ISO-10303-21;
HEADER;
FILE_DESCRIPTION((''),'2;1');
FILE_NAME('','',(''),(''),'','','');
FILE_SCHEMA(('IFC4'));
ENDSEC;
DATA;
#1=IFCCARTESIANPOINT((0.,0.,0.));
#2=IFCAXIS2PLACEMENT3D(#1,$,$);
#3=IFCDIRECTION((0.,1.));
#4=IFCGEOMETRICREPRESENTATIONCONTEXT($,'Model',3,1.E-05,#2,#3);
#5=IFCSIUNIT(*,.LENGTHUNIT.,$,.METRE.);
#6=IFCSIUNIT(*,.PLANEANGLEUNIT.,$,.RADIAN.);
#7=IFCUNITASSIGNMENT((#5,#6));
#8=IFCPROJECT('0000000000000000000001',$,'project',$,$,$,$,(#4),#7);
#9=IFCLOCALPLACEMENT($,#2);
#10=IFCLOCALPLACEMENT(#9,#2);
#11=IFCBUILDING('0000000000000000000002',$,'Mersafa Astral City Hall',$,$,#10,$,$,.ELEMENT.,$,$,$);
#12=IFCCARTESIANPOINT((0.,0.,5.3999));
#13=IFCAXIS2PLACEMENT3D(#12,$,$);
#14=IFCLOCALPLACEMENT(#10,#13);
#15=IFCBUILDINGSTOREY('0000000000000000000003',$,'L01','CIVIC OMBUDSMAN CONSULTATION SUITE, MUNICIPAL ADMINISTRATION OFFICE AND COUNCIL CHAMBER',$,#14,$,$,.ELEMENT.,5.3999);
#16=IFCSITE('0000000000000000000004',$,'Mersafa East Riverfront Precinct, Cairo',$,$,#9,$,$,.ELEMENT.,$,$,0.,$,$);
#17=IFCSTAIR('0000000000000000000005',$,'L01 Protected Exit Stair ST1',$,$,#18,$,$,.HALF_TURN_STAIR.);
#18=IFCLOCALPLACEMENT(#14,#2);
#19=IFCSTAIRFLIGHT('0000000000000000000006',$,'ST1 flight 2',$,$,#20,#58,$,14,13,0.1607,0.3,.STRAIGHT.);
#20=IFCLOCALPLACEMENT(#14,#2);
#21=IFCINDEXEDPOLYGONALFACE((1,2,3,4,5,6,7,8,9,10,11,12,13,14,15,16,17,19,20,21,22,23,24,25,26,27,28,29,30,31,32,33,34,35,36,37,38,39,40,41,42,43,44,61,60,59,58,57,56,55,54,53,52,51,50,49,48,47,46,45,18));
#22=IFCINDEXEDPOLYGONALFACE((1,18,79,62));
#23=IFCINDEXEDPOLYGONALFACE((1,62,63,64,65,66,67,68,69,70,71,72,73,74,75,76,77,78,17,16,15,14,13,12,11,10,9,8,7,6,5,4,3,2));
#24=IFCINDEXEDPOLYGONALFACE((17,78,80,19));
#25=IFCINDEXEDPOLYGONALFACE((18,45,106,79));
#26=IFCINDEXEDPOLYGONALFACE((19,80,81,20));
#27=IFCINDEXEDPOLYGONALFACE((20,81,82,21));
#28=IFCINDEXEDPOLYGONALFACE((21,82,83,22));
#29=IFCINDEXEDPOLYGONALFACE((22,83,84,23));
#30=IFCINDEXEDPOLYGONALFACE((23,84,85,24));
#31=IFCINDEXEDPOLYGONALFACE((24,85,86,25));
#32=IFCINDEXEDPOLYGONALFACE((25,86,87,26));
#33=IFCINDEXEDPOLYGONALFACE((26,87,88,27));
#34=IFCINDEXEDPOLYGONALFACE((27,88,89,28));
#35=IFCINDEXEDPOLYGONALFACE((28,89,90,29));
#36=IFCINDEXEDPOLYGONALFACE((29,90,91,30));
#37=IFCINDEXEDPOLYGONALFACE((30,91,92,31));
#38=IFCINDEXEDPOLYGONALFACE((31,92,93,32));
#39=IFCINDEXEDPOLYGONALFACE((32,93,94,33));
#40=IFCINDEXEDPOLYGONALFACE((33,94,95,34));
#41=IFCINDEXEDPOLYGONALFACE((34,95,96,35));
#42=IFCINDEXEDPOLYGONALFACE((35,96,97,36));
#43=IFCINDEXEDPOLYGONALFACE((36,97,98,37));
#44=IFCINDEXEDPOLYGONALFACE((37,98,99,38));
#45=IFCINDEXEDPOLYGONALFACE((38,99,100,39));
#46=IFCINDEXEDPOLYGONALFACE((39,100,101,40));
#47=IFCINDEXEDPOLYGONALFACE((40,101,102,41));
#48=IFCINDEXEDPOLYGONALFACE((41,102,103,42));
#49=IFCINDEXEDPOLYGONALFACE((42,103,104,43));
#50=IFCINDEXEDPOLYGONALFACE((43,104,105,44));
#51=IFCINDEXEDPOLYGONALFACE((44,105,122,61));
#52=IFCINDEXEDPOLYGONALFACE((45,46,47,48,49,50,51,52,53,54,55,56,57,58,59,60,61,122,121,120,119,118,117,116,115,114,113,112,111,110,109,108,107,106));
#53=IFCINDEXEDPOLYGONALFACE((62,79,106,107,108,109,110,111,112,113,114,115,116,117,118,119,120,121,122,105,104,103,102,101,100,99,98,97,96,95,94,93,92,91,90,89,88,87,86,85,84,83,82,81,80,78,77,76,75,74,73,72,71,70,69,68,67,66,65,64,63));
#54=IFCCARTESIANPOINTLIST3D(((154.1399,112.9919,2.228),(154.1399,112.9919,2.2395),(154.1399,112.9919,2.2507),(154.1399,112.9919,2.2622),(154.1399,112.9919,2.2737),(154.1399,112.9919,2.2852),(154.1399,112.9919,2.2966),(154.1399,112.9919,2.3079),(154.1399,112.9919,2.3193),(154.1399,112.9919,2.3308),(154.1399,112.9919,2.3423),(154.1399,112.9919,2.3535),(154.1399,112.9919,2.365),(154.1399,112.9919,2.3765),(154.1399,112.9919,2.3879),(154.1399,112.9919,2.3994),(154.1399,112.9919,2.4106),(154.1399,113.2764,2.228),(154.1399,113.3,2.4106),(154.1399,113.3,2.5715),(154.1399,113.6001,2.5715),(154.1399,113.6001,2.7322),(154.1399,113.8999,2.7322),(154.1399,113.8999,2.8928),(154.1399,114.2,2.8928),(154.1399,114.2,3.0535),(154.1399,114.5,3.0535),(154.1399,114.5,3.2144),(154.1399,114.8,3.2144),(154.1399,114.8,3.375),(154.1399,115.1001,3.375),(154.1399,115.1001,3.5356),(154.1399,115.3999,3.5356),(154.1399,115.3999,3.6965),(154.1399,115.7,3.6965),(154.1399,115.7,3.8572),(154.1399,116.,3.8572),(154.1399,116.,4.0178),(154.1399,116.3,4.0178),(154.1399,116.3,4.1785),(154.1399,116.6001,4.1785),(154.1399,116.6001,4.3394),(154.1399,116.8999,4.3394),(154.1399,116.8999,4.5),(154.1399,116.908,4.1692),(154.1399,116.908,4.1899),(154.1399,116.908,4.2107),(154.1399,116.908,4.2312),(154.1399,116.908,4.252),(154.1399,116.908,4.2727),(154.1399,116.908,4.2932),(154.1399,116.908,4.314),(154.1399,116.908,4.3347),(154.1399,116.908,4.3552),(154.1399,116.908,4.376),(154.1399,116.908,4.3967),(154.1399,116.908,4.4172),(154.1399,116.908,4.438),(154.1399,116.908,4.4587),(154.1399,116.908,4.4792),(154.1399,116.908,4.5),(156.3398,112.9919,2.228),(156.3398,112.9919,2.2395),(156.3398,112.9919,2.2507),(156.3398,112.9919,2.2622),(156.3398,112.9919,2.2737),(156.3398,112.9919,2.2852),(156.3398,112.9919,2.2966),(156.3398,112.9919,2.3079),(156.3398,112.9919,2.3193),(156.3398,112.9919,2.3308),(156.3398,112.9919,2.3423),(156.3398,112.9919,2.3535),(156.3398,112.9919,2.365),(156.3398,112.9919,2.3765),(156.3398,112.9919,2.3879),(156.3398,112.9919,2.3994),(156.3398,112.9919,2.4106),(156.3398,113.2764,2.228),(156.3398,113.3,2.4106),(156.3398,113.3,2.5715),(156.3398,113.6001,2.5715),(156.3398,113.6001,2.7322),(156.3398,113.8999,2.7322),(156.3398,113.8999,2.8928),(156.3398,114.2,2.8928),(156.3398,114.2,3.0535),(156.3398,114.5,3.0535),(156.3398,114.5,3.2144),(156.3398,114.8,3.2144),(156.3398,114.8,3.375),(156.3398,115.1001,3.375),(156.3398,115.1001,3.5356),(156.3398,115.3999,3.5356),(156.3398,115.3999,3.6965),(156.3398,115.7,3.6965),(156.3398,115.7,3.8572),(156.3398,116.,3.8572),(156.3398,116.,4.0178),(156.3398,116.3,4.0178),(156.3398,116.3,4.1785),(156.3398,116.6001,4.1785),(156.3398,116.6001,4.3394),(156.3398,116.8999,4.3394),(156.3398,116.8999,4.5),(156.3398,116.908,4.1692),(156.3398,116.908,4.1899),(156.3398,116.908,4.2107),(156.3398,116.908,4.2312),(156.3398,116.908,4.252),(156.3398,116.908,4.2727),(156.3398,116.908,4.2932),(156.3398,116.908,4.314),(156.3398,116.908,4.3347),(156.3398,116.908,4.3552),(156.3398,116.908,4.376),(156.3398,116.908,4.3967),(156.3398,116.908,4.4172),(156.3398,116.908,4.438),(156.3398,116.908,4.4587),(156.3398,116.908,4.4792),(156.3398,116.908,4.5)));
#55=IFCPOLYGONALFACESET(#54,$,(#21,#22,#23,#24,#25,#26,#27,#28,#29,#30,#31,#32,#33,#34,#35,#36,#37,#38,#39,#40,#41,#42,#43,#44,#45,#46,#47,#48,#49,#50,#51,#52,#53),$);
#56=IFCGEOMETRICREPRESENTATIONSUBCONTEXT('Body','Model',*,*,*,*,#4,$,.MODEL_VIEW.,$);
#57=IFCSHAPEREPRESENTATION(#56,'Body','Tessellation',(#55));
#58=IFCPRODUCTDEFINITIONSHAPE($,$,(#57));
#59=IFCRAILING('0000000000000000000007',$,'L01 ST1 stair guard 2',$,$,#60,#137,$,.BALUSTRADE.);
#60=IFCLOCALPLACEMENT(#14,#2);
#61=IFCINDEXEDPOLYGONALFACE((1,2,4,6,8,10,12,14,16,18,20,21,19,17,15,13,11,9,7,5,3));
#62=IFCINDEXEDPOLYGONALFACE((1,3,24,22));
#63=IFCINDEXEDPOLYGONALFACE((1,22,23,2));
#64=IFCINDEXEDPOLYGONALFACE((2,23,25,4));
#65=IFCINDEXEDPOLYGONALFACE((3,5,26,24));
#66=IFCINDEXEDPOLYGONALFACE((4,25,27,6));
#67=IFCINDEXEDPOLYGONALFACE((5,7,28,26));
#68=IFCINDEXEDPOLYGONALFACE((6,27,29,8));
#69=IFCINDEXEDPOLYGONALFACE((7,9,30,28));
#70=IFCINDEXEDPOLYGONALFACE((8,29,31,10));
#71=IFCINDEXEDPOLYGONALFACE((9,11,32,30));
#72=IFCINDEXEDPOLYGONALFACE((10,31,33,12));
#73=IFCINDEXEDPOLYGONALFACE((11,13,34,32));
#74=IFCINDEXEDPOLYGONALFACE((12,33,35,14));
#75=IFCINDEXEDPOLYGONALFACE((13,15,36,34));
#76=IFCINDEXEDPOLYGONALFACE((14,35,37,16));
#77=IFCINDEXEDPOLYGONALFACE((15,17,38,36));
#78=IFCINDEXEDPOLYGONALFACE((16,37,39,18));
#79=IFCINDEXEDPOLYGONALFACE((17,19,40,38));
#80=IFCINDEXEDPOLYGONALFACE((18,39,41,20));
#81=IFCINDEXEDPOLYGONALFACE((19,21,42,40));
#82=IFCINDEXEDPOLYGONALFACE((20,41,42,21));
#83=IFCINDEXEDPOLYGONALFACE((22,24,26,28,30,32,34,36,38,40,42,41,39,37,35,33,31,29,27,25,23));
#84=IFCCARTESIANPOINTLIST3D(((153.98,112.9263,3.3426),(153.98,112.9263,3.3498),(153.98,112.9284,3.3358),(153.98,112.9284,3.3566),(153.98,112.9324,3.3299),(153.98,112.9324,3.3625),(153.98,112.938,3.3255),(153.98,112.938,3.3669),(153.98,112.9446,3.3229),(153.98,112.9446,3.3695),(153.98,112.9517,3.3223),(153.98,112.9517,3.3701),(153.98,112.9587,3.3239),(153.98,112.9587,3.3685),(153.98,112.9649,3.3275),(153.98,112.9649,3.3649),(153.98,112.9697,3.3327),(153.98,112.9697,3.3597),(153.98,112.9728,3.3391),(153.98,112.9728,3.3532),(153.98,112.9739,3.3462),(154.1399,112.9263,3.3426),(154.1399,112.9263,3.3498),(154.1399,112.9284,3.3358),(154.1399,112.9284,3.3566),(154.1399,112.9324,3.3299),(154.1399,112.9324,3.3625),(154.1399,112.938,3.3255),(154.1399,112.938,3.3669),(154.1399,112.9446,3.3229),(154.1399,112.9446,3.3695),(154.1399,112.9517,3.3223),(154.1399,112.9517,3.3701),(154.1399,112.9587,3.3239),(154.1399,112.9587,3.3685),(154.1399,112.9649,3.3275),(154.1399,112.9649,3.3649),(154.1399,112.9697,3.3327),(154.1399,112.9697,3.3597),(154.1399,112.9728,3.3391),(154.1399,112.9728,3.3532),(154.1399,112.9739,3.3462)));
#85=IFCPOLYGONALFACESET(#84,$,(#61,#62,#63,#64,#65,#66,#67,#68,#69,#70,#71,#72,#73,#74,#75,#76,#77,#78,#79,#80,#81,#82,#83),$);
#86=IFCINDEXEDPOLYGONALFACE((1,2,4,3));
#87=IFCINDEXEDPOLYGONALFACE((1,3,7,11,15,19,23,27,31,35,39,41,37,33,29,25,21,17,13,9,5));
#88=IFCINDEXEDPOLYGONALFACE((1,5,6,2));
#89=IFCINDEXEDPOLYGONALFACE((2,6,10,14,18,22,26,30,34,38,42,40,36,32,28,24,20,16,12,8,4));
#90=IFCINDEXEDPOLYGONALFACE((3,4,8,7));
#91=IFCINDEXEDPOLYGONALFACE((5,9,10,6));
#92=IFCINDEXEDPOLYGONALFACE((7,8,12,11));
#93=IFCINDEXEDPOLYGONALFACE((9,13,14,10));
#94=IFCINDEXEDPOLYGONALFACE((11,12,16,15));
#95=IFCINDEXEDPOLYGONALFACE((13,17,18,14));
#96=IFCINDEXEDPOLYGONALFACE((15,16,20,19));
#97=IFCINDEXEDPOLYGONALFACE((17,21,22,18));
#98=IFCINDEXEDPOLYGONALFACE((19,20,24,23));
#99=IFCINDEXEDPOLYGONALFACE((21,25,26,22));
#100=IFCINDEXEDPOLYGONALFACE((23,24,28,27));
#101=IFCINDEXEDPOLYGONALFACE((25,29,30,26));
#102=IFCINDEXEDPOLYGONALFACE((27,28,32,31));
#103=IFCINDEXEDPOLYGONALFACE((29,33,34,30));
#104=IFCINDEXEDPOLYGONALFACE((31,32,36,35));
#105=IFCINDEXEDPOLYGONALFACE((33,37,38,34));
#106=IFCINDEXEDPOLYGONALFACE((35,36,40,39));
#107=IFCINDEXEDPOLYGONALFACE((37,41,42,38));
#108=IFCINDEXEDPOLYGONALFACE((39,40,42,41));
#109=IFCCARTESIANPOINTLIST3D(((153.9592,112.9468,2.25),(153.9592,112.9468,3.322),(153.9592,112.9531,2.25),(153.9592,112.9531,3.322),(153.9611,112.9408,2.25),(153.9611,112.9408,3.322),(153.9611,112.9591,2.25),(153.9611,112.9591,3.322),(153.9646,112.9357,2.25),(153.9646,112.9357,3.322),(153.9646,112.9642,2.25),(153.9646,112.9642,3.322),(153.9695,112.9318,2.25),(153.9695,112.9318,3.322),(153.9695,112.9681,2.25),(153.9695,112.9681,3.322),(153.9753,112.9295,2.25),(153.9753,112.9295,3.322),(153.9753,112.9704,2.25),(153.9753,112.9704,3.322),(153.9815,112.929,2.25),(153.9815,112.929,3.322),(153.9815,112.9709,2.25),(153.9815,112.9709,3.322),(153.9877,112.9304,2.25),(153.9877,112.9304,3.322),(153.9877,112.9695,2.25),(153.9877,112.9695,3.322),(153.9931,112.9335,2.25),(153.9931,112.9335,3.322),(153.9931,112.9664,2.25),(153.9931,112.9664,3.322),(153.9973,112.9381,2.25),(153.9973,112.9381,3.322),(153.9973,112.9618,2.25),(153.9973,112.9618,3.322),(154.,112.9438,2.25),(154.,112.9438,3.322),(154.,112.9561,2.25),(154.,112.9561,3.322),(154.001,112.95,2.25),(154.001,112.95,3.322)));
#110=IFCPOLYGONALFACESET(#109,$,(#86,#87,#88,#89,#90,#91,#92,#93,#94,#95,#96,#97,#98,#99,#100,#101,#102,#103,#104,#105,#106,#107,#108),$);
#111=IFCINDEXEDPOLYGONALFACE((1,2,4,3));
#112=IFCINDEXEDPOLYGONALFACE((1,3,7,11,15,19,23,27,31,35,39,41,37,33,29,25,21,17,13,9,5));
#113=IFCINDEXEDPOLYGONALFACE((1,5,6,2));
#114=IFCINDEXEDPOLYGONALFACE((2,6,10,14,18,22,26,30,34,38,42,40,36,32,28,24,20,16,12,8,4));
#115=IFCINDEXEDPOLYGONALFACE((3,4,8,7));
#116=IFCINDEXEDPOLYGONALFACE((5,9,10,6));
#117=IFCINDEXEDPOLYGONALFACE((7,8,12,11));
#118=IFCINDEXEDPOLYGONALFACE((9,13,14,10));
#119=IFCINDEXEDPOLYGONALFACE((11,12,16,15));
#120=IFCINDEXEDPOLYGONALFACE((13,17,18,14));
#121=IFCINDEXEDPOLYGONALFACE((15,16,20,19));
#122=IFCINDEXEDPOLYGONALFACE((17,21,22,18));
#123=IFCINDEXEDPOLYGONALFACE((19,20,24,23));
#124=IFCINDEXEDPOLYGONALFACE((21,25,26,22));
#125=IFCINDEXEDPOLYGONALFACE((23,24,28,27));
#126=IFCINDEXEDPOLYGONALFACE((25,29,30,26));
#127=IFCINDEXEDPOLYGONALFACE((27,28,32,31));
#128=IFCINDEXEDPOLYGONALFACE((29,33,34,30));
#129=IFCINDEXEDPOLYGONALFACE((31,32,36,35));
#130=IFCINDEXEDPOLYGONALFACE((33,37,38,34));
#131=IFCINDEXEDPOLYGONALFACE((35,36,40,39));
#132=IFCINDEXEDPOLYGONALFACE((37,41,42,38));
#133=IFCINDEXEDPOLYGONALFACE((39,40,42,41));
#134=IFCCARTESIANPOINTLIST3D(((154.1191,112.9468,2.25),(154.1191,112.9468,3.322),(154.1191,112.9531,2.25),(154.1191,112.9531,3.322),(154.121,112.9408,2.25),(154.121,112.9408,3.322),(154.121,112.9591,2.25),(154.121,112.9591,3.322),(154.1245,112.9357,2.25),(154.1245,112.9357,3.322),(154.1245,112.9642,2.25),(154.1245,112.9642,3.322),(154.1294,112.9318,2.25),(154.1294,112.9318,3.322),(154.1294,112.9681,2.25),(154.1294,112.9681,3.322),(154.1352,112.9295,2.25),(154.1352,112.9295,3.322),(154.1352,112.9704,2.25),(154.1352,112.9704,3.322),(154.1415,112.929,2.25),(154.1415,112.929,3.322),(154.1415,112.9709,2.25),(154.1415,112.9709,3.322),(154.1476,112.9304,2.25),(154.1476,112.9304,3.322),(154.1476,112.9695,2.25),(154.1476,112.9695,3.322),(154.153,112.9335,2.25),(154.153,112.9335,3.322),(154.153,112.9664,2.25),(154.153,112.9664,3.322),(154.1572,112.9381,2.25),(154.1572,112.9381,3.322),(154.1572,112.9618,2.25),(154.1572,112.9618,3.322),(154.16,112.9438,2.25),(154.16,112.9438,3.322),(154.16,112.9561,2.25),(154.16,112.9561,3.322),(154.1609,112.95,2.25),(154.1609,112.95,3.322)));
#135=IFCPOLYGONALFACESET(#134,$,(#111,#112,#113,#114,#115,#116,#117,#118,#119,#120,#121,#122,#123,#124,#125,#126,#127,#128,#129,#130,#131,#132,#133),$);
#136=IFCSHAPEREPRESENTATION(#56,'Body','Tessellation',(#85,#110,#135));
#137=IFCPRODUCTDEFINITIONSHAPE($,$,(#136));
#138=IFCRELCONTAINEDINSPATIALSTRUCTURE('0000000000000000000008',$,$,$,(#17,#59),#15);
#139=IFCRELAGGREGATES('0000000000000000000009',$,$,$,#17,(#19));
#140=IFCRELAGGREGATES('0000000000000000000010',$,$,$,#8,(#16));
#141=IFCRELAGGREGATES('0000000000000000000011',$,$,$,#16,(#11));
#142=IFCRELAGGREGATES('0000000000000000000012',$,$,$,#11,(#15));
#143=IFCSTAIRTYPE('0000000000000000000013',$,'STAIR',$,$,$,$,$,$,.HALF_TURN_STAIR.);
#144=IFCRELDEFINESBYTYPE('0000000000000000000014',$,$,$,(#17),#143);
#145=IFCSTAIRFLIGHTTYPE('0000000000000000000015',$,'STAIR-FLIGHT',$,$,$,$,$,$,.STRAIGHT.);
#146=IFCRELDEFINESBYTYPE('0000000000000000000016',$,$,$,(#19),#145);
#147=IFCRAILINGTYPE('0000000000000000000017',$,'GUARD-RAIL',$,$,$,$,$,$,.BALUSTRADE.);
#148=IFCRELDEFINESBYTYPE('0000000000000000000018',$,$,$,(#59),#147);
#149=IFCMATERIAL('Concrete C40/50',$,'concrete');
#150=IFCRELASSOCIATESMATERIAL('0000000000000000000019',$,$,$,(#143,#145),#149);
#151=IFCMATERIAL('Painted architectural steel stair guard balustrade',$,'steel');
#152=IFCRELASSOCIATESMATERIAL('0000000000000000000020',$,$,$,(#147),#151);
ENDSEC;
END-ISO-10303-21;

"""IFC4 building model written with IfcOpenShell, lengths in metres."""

from ifc_helpers import new_model, si_unit, direction, frame, origin, origin_2d, place, context, subcontext, project, spatial, polyline, circle, outline, extrude, material, type_object, element, aggregate, save


model = new_model("IFC4")

# Units and contexts
model_context = context("Model", 3, precision=1e-05, world=origin(), true_north=direction((0.0, 1.0)))
body_context = subcontext(model_context, "Body", "Model", "MODEL_VIEW")
ifc_project = project(units=[si_unit("LENGTHUNIT", "METRE"), si_unit("PLANEANGLEUNIT", "RADIAN")], contexts=[model_context])

# Site, building, storey
site_placement = place(None, origin())
site = spatial("IfcSite", under=ifc_project, at=site_placement, Name="Mersafa East Riverfront Precinct, Cairo", CompositionType="ELEMENT", RefElevation=0.0)
building_placement = place(site_placement, origin())
building = spatial("IfcBuilding", under=site, at=building_placement, Name="Mersafa Astral City Hall", CompositionType="ELEMENT")
storey_placement = place(building_placement, frame((0.0, 0.0, 5.3999)))
storey = spatial("IfcBuildingStorey", under=building, at=storey_placement, Name="L01", Description="CIVIC OMBUDSMAN CONSULTATION SUITE, MUNICIPAL ADMINISTRATION OFFICE AND COUNCIL CHAMBER", CompositionType="ELEMENT", Elevation=5.3999)

# Shared definitions
ifc_material_1 = material(Name="Concrete C40/50", Category="concrete")

# Stair, stair flight
stair_type = type_object("IfcStairType", Name="STAIR", PredefinedType="HALF_TURN_STAIR", material=ifc_material_1)
stair_placement = place(storey_placement, origin())
stair = element("IfcStair", 1, at=stair_placement, inside=storey, type_object=stair_type, Name="L01 Protected Exit Stair ST1", PredefinedType="HALF_TURN_STAIR")
stair_flight_type = type_object("IfcStairFlightType", Name="STAIR-FLIGHT", PredefinedType="STRAIGHT", material=ifc_material_1)
stair_flight_1_placement = place(storey_placement, frame((155.24, 113.0, 2.25), z_axis=(0.0, 0.0, 1.0), x_axis=(0.0, 1.0, 0.0)))
stair_flight_1 = element("IfcStairFlight", 2, at=stair_flight_1_placement, type_object=stair_flight_type, Name="ST1 flight 2", NumberOfRisers=14, NumberOfTreads=13, PredefinedType="STRAIGHT", RiserHeight=0.1607, TreadLength=0.3, context=body_context, shape_type="SweptSolid", body=[
    extrude(outline(polyline([(-0.0081, -0.022), (-0.0081, -0.0105), (-0.0081, 0.0007), (-0.0081, 0.0122), (-0.0081, 0.0237), (-0.0081, 0.0352), (-0.0081, 0.0466), (-0.0081, 0.0579), (-0.0081, 0.0693), (-0.0081, 0.0808), (-0.0081, 0.0923), (-0.0081, 0.1035), (-0.0081, 0.115), (-0.0081, 0.1265), (-0.0081, 0.1379), (-0.0081, 0.1494), (-0.0081, 0.1606), (0.3, 0.1606), (0.3, 0.3215), (0.6001, 0.3215), (0.6001, 0.4822), (0.8999, 0.4822), (0.8999, 0.6428), (1.2, 0.6428), (1.2, 0.8035), (1.5, 0.8035), (1.5, 0.9644), (1.8, 0.9644), (1.8, 1.125), (2.1001, 1.125), (2.1001, 1.2856), (2.3999, 1.2856), (2.3999, 1.4465), (2.7, 1.4465), (2.7, 1.6072), (3.0, 1.6072), (3.0, 1.7678), (3.3, 1.7678), (3.3, 1.9285), (3.6001, 1.9285), (3.6001, 2.0894), (3.8999, 2.0894), (3.8999, 2.25), (3.908, 2.25), (3.908, 2.2292), (3.908, 2.2087), (3.908, 2.188), (3.908, 2.1672), (3.908, 2.1467), (3.908, 2.126), (3.908, 2.1052), (3.908, 2.0847), (3.908, 2.064), (3.908, 2.0432), (3.908, 2.0227), (3.908, 2.002), (3.908, 1.9812), (3.908, 1.9607), (3.908, 1.9399), (3.908, 1.9192), (0.2764, -0.022), (-0.0081, -0.022)])), frame((0.0, 1.1001, 0.0), z_axis=(0.0, -1.0, 0.0), x_axis=(1.0, 0.0, 0.0)), (0.0, 0.0, 1.0), 2.2),
])
aggregate(stair, [stair_flight_1])

# Railing
ifc_material_2 = material(Name="Painted architectural steel stair guard balustrade", Category="steel")
railing_type_1 = type_object("IfcRailingType", Name="GUARD-RAIL", PredefinedType="BALUSTRADE", material=ifc_material_2)
railing_1_placement = place(storey_placement, frame((153.98, 112.95, 2.25)))
element("IfcRailing", 3, at=railing_1_placement, inside=storey, type_object=railing_type_1, Name="L01 ST1 stair guard 2", PredefinedType="BALUSTRADE", context=body_context, shape_type="SweptSolid", body=[
    extrude(circle(Radius=0.0239, at=origin_2d()), frame((0.0, 0.0, 1.0962), z_axis=(1.0, 0.0, 0.0), x_axis=(0.0, 1.0, 0.0)), (0.0, 0.0, 1.0), 0.1599),
    extrude(circle(Radius=0.021, at=origin_2d()), origin(), (0.0, 0.0, 1.0), 1.072),
    extrude(circle(Radius=0.021, at=origin_2d()), frame((0.1599, 0.0, 0.0)), (0.0, 0.0, 1.0), 1.072),
])

save(model, "model.ifc")
